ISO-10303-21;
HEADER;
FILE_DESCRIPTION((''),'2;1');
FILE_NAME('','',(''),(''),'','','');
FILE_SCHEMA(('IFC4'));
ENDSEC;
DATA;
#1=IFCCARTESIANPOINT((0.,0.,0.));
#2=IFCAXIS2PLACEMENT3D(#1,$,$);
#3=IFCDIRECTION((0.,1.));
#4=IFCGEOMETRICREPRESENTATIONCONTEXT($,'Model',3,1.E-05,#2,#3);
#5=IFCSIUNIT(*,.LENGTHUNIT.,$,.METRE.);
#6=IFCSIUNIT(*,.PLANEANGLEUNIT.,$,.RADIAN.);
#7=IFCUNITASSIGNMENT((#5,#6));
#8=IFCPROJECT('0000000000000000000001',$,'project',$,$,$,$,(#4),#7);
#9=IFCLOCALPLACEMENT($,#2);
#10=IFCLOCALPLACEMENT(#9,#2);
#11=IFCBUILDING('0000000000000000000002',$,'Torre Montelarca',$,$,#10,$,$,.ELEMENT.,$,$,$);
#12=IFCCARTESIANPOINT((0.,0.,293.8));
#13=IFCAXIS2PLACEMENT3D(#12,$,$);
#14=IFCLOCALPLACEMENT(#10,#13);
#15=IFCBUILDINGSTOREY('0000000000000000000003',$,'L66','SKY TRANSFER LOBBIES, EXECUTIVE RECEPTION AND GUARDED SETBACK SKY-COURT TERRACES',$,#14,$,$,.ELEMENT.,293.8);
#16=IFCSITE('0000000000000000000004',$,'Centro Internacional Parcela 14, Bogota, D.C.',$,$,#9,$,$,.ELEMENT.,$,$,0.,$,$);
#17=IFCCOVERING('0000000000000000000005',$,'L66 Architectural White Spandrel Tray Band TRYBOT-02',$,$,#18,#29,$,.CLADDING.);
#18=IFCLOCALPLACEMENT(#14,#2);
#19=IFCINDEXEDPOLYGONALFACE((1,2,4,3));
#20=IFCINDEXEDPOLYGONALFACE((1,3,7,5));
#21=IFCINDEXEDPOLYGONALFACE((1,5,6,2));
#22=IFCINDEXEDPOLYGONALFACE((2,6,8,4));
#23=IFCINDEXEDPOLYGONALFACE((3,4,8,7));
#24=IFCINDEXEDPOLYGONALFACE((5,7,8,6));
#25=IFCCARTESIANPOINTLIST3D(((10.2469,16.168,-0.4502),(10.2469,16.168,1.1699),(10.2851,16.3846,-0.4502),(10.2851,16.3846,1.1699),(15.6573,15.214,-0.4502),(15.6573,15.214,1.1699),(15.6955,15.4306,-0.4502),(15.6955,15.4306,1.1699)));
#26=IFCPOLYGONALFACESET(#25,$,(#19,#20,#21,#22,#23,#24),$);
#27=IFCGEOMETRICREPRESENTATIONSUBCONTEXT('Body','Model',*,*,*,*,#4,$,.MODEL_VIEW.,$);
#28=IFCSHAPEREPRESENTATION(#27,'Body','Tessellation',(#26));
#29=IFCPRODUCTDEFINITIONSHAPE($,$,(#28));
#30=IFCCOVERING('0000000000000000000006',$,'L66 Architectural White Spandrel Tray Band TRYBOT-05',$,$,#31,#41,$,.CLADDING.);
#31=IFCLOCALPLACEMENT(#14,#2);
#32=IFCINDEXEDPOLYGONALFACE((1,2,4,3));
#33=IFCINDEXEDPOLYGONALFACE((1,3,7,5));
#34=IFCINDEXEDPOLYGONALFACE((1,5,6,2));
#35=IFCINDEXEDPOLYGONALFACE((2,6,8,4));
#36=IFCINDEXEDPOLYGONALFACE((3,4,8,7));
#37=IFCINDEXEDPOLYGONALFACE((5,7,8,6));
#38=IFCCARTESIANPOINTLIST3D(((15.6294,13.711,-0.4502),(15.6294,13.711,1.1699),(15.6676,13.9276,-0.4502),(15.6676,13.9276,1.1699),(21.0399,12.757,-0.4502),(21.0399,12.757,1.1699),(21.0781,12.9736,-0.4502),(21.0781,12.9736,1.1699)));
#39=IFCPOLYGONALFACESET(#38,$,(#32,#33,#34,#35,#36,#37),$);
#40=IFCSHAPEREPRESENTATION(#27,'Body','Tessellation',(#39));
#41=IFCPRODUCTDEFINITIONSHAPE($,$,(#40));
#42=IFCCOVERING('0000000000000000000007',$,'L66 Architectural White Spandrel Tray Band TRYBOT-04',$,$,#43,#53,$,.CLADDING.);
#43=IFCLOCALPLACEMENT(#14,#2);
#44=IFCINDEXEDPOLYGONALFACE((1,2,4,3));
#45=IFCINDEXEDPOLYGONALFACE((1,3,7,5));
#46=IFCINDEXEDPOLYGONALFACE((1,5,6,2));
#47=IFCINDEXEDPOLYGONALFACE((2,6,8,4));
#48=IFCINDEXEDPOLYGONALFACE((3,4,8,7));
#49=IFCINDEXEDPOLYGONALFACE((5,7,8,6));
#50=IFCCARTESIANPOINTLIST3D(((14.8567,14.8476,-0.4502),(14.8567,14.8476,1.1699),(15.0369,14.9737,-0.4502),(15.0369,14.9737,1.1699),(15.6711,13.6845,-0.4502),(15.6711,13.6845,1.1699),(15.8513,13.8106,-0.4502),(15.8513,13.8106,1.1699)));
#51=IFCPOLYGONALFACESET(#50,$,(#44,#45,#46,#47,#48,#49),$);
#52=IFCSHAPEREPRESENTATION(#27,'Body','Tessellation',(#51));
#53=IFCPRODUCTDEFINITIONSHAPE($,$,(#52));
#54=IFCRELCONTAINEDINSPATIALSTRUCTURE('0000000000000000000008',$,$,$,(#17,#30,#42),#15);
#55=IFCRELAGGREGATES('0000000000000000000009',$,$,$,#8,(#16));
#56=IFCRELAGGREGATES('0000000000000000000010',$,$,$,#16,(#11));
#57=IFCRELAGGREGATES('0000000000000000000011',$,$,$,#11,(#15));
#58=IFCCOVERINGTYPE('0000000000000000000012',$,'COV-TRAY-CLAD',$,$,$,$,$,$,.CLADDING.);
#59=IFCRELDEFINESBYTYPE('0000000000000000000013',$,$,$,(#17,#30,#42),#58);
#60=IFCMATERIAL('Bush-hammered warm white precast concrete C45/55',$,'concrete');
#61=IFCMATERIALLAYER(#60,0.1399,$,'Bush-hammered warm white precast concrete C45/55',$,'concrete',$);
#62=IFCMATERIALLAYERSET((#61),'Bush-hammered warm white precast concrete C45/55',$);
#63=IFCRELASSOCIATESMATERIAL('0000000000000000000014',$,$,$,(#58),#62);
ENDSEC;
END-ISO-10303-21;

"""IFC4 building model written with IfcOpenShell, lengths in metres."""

from ifc_helpers import new_model, si_unit, direction, frame, origin, origin_2d, place, context, subcontext, project, spatial, rectangle, extrude, source, transform, mapped, material, layer, layer_set, type_object, element, save


model = new_model("IFC4")

# Units and contexts
model_context = context("Model", 3, precision=1e-05, world=origin(), true_north=direction((0.0, 1.0)))
body_context = subcontext(model_context, "Body", "Model", "MODEL_VIEW")
ifc_project = project(units=[si_unit("LENGTHUNIT", "METRE"), si_unit("PLANEANGLEUNIT", "RADIAN")], contexts=[model_context])

# Site, building, storey
site_placement = place(None, origin())
site = spatial("IfcSite", under=ifc_project, at=site_placement, Name="Centro Internacional Parcela 14, Bogota, D.C.", CompositionType="ELEMENT", RefElevation=0.0)
building_placement = place(site_placement, origin())
building = spatial("IfcBuilding", under=site, at=building_placement, Name="Torre Montelarca", CompositionType="ELEMENT")
storey_placement = place(building_placement, frame((0.0, 0.0, 293.8)))
storey = spatial("IfcBuildingStorey", under=building, at=storey_placement, Name="L66", Description="SKY TRANSFER LOBBIES, EXECUTIVE RECEPTION AND GUARDED SETBACK SKY-COURT TERRACES", CompositionType="ELEMENT", Elevation=293.8)

# Coverings
ifc_material_1 = material(Name="Bush-hammered warm white precast concrete C45/55", Category="concrete")
ifc_layer_1 = layer(ifc_material_1, 0.1399, Name="Bush-hammered warm white precast concrete C45/55", Category="concrete")
ifc_layer_set_1 = layer_set([ifc_layer_1], Name="Bush-hammered warm white precast concrete C45/55")
covering_type_1 = type_object("IfcCoveringType", Name="COV-TRAY-CLAD", PredefinedType="CLADDING", material=ifc_layer_set_1)
shared_shape_1 = source(origin(), body_context, "Body", "SweptSolid", [
    extrude(rectangle(XDim=5.4939, YDim=0.22, at=origin_2d()), origin(), (0.0, 0.0, 1.0), 1.6201),
])
for number, where, z_axis, x_axis, name in (
    (1, (12.9712, 15.7993, -0.4502), (0.0, 0.0, 1.0), (0.984807, -0.173653, 0.0), "L66 Architectural White Spandrel Tray Band TRYBOT-02"),
    (2, (18.3538, 13.3423, -0.4502), (0.0, 0.0, 1.0), (0.984807, -0.173653, 0.0), "L66 Architectural White Spandrel Tray Band TRYBOT-05"),
):
    element("IfcCovering", number, at=place(storey_placement, frame(where, z_axis=z_axis, x_axis=x_axis)), inside=storey, type_object=covering_type_1, Name=name, PredefinedType="CLADDING", context=body_context, shape_type="MappedRepresentation", body=[
        mapped(shared_shape_1, transform((0.0, 0.0, 0.0), scale=1.0)),
    ])
shared_shape_2 = source(origin(), body_context, "Body", "SweptSolid", [
    extrude(rectangle(XDim=1.4199, YDim=0.22, at=origin_2d()), origin(), (0.0, 0.0, 1.0), 1.6201),
])
covering_1_placement = place(storey_placement, frame((15.354, 14.3291, -0.4502), z_axis=(0.0, 0.0, 1.0), x_axis=(0.573602, -0.819134, 0.0)))
element("IfcCovering", 3, at=covering_1_placement, inside=storey, type_object=covering_type_1, Name="L66 Architectural White Spandrel Tray Band TRYBOT-04", PredefinedType="CLADDING", context=body_context, shape_type="MappedRepresentation", body=[
    mapped(shared_shape_2, transform((0.0, 0.0, 0.0), scale=1.0)),
])

save(model, "model.ifc")
